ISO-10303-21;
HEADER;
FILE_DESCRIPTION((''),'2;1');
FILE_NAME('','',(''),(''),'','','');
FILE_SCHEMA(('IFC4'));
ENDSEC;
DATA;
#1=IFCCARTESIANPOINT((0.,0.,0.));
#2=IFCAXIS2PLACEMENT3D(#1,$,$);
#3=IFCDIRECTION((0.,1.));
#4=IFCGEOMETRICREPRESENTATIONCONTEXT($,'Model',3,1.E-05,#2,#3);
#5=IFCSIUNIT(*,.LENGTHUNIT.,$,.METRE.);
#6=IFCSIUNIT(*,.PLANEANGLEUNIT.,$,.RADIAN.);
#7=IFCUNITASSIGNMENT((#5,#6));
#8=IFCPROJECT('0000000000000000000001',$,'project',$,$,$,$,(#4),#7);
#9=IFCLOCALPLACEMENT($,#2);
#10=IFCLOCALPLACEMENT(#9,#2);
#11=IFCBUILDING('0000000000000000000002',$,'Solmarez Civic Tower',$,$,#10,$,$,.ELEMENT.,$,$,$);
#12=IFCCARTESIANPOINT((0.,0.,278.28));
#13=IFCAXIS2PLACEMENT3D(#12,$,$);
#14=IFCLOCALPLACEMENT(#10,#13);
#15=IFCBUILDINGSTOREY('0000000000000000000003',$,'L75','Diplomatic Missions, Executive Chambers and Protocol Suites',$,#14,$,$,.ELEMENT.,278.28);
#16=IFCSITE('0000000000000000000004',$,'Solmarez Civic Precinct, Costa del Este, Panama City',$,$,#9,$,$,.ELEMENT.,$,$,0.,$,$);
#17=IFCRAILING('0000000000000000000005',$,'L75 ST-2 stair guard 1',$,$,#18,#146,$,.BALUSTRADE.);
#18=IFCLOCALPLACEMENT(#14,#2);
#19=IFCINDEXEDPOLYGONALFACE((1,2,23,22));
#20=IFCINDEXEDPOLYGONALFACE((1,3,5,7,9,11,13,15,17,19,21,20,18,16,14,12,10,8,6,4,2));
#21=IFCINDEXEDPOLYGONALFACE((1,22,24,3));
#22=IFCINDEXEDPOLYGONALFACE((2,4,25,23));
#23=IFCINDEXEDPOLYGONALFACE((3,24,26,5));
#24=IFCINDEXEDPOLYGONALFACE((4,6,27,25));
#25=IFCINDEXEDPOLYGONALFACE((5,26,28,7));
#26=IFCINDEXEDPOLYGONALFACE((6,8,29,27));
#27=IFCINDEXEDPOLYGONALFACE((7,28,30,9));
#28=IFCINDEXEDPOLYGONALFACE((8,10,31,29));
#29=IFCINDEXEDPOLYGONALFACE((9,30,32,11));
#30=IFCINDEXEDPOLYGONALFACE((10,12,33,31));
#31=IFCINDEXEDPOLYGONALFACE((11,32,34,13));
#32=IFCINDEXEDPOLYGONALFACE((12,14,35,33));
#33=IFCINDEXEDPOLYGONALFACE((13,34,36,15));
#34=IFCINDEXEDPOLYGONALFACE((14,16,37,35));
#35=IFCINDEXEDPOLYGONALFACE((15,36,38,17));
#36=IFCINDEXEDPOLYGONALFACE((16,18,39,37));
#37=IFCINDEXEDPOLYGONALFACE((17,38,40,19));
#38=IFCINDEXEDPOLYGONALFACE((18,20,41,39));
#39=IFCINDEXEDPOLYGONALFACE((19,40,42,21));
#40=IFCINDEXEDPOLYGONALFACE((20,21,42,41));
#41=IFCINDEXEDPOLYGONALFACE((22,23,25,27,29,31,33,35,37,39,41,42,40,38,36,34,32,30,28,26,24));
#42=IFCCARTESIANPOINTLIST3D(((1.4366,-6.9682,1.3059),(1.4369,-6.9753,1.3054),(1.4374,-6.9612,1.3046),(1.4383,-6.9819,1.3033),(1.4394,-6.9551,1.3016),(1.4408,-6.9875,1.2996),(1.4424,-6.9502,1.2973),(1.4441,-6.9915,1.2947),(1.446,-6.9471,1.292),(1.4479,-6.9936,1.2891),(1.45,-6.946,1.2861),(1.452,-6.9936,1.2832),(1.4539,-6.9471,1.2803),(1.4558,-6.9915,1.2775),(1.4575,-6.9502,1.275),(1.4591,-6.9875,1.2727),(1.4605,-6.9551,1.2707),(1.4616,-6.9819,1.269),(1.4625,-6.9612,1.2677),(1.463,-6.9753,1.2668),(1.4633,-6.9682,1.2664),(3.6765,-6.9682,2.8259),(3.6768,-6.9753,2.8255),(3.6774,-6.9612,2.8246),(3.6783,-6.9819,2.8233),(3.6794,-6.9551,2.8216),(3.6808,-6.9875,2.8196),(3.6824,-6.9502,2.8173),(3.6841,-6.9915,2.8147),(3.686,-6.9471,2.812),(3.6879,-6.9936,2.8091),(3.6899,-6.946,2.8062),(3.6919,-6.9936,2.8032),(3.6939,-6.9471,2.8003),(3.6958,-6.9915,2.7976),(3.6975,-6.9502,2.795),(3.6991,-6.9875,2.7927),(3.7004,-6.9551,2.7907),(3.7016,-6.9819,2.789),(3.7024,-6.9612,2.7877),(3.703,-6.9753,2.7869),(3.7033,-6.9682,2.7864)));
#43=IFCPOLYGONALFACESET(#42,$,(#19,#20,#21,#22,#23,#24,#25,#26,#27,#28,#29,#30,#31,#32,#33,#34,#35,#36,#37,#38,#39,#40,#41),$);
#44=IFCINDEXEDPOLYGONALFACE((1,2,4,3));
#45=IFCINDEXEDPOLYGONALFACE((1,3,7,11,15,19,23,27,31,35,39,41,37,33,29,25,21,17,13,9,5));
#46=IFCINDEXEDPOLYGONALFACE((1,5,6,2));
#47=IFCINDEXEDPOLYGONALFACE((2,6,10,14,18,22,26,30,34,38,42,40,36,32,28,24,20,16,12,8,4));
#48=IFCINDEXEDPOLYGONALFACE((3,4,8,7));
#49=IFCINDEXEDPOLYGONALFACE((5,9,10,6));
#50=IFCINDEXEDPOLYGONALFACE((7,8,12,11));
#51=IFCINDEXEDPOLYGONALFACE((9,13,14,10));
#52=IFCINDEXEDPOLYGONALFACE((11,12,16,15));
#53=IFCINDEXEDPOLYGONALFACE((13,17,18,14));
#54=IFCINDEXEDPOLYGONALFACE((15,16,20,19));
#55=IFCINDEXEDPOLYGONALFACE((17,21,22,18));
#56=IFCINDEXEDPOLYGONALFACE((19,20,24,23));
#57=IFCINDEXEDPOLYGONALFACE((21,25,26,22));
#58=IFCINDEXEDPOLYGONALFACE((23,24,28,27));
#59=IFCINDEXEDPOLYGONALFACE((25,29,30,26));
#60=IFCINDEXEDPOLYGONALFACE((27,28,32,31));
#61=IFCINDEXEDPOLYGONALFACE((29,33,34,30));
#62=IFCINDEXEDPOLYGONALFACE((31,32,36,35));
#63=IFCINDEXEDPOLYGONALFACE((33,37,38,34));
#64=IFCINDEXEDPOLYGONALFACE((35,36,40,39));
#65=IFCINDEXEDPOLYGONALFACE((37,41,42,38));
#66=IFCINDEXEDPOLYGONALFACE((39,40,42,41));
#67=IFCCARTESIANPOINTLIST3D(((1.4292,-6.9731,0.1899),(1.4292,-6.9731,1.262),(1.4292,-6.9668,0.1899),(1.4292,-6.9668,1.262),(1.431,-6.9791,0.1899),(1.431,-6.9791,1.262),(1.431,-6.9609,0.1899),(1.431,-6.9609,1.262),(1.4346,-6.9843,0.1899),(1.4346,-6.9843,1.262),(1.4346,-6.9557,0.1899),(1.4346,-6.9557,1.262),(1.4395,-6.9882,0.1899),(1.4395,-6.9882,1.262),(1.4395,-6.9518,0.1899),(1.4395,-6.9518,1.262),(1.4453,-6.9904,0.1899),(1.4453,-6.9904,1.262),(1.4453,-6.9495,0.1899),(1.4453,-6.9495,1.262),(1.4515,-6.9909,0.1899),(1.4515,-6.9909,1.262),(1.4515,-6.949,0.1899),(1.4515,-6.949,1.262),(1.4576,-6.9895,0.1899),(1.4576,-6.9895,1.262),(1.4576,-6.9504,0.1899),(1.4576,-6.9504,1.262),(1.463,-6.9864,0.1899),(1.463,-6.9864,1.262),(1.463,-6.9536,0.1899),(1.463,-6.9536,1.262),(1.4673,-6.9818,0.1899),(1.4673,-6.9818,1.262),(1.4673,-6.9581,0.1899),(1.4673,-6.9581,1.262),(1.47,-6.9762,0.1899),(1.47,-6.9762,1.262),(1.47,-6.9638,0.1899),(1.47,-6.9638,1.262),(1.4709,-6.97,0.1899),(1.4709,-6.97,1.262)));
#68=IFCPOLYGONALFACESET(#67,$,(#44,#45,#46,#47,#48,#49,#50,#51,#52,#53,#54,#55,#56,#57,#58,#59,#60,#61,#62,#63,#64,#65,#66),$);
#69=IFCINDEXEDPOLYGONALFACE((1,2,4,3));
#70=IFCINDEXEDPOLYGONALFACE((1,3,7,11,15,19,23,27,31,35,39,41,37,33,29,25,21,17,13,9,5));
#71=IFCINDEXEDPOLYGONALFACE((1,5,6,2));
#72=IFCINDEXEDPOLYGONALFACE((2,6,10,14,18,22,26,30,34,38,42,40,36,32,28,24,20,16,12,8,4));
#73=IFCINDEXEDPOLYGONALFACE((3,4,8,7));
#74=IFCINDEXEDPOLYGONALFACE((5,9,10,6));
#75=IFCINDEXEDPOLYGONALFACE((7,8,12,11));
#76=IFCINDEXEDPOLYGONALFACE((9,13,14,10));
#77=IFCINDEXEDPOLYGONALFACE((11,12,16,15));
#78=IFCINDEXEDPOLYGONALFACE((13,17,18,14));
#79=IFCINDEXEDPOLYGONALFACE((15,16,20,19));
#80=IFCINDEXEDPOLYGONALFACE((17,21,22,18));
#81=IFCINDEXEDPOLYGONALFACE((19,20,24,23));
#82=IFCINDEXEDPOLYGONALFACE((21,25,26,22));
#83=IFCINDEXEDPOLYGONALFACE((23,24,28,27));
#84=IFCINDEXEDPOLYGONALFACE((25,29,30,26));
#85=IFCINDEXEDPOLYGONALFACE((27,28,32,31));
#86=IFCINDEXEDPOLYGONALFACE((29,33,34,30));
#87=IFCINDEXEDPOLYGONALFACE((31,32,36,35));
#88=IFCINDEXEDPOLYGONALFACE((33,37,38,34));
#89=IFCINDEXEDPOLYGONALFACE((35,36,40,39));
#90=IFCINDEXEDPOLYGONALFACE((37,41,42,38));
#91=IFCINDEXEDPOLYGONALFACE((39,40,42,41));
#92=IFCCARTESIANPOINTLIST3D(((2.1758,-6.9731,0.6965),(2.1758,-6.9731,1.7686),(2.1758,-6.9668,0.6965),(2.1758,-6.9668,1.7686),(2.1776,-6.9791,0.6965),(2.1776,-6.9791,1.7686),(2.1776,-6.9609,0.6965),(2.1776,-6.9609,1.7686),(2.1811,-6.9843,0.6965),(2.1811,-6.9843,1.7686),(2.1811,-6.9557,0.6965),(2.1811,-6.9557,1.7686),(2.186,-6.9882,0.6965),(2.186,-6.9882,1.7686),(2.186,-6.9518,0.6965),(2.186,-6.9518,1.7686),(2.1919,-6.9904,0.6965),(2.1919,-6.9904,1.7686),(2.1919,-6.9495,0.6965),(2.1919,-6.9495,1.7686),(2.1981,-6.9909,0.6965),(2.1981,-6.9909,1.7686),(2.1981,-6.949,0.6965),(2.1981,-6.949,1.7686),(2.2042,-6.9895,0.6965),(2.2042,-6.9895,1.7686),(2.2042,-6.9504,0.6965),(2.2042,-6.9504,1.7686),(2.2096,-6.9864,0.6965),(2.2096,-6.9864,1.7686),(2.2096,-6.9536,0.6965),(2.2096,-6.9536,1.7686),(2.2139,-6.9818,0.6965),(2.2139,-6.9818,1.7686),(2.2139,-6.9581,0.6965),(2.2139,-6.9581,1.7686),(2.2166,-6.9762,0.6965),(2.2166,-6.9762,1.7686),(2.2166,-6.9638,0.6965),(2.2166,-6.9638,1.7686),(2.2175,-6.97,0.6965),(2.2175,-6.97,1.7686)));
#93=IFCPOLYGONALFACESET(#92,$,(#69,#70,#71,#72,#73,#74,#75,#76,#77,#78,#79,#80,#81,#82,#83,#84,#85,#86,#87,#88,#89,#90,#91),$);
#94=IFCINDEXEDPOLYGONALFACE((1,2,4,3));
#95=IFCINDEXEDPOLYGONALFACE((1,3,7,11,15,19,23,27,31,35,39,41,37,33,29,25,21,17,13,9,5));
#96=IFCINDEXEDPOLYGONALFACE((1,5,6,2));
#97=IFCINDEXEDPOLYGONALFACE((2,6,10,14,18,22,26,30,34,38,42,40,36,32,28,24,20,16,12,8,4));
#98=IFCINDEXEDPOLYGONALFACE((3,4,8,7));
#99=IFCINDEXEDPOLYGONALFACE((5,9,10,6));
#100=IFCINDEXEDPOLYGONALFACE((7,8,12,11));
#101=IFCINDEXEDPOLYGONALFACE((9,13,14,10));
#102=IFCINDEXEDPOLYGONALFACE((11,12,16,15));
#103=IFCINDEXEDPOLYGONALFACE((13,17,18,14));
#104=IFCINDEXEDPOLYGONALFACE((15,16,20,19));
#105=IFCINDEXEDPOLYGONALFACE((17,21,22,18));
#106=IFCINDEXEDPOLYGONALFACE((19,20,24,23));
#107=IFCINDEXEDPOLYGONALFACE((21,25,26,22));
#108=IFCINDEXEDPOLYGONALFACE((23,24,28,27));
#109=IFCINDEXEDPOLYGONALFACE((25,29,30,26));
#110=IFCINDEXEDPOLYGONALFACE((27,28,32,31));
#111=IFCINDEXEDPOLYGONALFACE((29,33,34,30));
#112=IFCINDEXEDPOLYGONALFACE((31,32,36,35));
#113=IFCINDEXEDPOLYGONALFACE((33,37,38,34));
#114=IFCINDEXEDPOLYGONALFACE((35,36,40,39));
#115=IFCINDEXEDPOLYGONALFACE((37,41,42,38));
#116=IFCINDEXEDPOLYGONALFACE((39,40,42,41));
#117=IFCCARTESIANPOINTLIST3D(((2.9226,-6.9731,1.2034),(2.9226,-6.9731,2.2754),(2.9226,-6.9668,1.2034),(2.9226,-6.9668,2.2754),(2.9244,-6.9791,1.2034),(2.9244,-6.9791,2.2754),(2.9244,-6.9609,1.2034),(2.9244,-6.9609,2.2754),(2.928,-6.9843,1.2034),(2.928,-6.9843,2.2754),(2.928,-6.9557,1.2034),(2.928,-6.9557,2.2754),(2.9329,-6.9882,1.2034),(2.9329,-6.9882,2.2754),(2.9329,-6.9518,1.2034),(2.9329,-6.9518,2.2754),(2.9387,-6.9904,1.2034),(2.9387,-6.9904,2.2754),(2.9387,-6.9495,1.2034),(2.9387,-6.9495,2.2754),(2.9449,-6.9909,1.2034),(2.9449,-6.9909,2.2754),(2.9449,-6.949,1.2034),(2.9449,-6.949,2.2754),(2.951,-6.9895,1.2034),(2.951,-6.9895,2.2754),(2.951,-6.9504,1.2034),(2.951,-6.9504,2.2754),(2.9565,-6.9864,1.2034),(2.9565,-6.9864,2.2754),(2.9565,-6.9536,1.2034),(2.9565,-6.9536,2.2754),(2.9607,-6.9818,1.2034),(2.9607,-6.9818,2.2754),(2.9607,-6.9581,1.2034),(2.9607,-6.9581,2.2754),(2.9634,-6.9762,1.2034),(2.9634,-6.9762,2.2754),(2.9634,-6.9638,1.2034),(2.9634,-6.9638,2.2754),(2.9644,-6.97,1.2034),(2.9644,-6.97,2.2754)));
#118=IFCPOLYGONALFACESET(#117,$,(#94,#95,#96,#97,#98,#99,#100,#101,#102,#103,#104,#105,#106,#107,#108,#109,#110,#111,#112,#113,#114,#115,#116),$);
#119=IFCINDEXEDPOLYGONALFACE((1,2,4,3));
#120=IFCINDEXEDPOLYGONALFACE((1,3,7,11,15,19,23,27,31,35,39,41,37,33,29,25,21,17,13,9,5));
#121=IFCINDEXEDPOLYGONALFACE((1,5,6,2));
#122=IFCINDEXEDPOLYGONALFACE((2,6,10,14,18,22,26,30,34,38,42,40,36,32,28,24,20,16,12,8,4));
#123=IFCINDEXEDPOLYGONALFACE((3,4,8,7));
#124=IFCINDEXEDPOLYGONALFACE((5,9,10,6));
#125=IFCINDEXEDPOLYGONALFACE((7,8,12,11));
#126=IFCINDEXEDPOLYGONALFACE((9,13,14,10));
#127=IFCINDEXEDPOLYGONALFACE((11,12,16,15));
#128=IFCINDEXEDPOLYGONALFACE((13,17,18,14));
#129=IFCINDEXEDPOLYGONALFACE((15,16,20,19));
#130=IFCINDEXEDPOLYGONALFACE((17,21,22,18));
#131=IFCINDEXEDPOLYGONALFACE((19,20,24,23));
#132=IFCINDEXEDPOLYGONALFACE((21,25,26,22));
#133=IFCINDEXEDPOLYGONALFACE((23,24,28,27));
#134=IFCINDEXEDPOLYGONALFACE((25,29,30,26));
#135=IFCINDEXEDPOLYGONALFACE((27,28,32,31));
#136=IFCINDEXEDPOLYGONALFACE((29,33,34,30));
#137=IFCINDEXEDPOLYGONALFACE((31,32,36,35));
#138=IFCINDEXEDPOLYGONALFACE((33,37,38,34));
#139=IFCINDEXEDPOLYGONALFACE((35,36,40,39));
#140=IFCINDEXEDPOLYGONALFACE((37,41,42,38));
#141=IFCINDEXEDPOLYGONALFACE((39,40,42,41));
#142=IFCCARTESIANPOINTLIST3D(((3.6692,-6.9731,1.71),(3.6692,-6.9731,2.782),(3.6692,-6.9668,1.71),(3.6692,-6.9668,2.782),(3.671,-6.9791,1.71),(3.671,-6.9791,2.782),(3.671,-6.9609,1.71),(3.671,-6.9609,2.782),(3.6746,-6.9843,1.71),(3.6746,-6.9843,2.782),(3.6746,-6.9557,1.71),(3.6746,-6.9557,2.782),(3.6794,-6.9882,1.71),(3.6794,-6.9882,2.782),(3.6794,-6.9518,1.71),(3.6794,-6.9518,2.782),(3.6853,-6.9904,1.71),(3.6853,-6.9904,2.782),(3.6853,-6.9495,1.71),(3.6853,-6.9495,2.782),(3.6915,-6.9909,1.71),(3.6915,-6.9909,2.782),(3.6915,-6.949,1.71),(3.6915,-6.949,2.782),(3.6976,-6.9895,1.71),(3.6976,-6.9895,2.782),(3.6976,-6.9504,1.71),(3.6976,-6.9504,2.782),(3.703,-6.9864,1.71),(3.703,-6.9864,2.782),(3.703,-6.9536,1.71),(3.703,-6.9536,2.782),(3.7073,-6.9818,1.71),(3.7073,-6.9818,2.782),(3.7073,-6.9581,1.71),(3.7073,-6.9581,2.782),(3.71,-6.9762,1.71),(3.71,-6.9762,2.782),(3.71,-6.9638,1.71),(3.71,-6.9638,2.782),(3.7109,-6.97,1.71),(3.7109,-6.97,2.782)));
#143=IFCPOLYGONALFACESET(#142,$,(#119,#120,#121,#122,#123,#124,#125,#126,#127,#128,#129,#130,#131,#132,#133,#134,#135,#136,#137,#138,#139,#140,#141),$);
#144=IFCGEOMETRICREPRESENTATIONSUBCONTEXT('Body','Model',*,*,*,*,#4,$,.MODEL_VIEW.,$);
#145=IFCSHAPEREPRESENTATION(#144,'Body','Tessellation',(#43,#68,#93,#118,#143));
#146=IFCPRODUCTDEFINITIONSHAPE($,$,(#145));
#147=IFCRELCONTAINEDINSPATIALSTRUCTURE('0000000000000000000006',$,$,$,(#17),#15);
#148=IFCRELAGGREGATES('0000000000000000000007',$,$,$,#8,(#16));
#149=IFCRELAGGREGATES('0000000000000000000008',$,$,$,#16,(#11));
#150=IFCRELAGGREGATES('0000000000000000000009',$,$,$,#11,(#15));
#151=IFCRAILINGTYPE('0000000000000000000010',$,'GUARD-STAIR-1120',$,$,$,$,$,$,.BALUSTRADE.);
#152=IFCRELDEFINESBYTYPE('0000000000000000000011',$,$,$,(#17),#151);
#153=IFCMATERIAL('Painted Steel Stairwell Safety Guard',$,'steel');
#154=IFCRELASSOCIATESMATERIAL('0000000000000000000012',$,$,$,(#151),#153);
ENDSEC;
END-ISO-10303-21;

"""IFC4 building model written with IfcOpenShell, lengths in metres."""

from ifc_helpers import new_model, si_unit, direction, frame, origin, origin_2d, place, context, subcontext, project, spatial, circle, extrude, material, type_object, element, save


model = new_model("IFC4")

# Units and contexts
model_context = context("Model", 3, precision=1e-05, world=origin(), true_north=direction((0.0, 1.0)))
body_context = subcontext(model_context, "Body", "Model", "MODEL_VIEW")
ifc_project = project(units=[si_unit("LENGTHUNIT", "METRE"), si_unit("PLANEANGLEUNIT", "RADIAN")], contexts=[model_context])

# Site, building, storey
site_placement = place(None, origin())
site = spatial("IfcSite", under=ifc_project, at=site_placement, Name="Solmarez Civic Precinct, Costa del Este, Panama City", CompositionType="ELEMENT", RefElevation=0.0)
building_placement = place(site_placement, origin())
building = spatial("IfcBuilding", under=site, at=building_placement, Name="Solmarez Civic Tower", CompositionType="ELEMENT")
storey_placement = place(building_placement, frame((0.0, 0.0, 278.28)))
storey = spatial("IfcBuildingStorey", under=building, at=storey_placement, Name="L75", Description="Diplomatic Missions, Executive Chambers and Protocol Suites", CompositionType="ELEMENT", Elevation=278.28)

# Railing
ifc_material_1 = material(Name="Painted Steel Stairwell Safety Guard", Category="steel")
railing_type_1 = type_object("IfcRailingType", Name="GUARD-STAIR-1120", PredefinedType="BALUSTRADE", material=ifc_material_1)
railing_1_placement = place(storey_placement, frame((1.45, -6.97, 0.1899)))
element("IfcRailing", 1, at=railing_1_placement, inside=storey, type_object=railing_type_1, Name="L75 ST-2 stair guard 1", PredefinedType="BALUSTRADE", context=body_context, shape_type="SweptSolid", body=[
    extrude(circle(Radius=0.0239, at=origin_2d()), frame((0.0, 0.0, 1.0962), z_axis=(0.827471, 0.0, 0.561508), x_axis=(0.0, 1.0, 0.0)), (0.0, 0.0, 1.0), 2.707),
    extrude(circle(Radius=0.021, at=origin_2d()), origin(), (0.0, 0.0, 1.0), 1.072),
    extrude(circle(Radius=0.021, at=origin_2d()), frame((0.7466, 0.0, 0.5066)), (0.0, 0.0, 1.0), 1.072),
    extrude(circle(Radius=0.021, at=origin_2d()), frame((1.4934, 0.0, 1.0134)), (0.0, 0.0, 1.0), 1.072),
    extrude(circle(Radius=0.021, at=origin_2d()), frame((2.24, 0.0, 1.52)), (0.0, 0.0, 1.0), 1.072),
])

save(model, "model.ifc")
